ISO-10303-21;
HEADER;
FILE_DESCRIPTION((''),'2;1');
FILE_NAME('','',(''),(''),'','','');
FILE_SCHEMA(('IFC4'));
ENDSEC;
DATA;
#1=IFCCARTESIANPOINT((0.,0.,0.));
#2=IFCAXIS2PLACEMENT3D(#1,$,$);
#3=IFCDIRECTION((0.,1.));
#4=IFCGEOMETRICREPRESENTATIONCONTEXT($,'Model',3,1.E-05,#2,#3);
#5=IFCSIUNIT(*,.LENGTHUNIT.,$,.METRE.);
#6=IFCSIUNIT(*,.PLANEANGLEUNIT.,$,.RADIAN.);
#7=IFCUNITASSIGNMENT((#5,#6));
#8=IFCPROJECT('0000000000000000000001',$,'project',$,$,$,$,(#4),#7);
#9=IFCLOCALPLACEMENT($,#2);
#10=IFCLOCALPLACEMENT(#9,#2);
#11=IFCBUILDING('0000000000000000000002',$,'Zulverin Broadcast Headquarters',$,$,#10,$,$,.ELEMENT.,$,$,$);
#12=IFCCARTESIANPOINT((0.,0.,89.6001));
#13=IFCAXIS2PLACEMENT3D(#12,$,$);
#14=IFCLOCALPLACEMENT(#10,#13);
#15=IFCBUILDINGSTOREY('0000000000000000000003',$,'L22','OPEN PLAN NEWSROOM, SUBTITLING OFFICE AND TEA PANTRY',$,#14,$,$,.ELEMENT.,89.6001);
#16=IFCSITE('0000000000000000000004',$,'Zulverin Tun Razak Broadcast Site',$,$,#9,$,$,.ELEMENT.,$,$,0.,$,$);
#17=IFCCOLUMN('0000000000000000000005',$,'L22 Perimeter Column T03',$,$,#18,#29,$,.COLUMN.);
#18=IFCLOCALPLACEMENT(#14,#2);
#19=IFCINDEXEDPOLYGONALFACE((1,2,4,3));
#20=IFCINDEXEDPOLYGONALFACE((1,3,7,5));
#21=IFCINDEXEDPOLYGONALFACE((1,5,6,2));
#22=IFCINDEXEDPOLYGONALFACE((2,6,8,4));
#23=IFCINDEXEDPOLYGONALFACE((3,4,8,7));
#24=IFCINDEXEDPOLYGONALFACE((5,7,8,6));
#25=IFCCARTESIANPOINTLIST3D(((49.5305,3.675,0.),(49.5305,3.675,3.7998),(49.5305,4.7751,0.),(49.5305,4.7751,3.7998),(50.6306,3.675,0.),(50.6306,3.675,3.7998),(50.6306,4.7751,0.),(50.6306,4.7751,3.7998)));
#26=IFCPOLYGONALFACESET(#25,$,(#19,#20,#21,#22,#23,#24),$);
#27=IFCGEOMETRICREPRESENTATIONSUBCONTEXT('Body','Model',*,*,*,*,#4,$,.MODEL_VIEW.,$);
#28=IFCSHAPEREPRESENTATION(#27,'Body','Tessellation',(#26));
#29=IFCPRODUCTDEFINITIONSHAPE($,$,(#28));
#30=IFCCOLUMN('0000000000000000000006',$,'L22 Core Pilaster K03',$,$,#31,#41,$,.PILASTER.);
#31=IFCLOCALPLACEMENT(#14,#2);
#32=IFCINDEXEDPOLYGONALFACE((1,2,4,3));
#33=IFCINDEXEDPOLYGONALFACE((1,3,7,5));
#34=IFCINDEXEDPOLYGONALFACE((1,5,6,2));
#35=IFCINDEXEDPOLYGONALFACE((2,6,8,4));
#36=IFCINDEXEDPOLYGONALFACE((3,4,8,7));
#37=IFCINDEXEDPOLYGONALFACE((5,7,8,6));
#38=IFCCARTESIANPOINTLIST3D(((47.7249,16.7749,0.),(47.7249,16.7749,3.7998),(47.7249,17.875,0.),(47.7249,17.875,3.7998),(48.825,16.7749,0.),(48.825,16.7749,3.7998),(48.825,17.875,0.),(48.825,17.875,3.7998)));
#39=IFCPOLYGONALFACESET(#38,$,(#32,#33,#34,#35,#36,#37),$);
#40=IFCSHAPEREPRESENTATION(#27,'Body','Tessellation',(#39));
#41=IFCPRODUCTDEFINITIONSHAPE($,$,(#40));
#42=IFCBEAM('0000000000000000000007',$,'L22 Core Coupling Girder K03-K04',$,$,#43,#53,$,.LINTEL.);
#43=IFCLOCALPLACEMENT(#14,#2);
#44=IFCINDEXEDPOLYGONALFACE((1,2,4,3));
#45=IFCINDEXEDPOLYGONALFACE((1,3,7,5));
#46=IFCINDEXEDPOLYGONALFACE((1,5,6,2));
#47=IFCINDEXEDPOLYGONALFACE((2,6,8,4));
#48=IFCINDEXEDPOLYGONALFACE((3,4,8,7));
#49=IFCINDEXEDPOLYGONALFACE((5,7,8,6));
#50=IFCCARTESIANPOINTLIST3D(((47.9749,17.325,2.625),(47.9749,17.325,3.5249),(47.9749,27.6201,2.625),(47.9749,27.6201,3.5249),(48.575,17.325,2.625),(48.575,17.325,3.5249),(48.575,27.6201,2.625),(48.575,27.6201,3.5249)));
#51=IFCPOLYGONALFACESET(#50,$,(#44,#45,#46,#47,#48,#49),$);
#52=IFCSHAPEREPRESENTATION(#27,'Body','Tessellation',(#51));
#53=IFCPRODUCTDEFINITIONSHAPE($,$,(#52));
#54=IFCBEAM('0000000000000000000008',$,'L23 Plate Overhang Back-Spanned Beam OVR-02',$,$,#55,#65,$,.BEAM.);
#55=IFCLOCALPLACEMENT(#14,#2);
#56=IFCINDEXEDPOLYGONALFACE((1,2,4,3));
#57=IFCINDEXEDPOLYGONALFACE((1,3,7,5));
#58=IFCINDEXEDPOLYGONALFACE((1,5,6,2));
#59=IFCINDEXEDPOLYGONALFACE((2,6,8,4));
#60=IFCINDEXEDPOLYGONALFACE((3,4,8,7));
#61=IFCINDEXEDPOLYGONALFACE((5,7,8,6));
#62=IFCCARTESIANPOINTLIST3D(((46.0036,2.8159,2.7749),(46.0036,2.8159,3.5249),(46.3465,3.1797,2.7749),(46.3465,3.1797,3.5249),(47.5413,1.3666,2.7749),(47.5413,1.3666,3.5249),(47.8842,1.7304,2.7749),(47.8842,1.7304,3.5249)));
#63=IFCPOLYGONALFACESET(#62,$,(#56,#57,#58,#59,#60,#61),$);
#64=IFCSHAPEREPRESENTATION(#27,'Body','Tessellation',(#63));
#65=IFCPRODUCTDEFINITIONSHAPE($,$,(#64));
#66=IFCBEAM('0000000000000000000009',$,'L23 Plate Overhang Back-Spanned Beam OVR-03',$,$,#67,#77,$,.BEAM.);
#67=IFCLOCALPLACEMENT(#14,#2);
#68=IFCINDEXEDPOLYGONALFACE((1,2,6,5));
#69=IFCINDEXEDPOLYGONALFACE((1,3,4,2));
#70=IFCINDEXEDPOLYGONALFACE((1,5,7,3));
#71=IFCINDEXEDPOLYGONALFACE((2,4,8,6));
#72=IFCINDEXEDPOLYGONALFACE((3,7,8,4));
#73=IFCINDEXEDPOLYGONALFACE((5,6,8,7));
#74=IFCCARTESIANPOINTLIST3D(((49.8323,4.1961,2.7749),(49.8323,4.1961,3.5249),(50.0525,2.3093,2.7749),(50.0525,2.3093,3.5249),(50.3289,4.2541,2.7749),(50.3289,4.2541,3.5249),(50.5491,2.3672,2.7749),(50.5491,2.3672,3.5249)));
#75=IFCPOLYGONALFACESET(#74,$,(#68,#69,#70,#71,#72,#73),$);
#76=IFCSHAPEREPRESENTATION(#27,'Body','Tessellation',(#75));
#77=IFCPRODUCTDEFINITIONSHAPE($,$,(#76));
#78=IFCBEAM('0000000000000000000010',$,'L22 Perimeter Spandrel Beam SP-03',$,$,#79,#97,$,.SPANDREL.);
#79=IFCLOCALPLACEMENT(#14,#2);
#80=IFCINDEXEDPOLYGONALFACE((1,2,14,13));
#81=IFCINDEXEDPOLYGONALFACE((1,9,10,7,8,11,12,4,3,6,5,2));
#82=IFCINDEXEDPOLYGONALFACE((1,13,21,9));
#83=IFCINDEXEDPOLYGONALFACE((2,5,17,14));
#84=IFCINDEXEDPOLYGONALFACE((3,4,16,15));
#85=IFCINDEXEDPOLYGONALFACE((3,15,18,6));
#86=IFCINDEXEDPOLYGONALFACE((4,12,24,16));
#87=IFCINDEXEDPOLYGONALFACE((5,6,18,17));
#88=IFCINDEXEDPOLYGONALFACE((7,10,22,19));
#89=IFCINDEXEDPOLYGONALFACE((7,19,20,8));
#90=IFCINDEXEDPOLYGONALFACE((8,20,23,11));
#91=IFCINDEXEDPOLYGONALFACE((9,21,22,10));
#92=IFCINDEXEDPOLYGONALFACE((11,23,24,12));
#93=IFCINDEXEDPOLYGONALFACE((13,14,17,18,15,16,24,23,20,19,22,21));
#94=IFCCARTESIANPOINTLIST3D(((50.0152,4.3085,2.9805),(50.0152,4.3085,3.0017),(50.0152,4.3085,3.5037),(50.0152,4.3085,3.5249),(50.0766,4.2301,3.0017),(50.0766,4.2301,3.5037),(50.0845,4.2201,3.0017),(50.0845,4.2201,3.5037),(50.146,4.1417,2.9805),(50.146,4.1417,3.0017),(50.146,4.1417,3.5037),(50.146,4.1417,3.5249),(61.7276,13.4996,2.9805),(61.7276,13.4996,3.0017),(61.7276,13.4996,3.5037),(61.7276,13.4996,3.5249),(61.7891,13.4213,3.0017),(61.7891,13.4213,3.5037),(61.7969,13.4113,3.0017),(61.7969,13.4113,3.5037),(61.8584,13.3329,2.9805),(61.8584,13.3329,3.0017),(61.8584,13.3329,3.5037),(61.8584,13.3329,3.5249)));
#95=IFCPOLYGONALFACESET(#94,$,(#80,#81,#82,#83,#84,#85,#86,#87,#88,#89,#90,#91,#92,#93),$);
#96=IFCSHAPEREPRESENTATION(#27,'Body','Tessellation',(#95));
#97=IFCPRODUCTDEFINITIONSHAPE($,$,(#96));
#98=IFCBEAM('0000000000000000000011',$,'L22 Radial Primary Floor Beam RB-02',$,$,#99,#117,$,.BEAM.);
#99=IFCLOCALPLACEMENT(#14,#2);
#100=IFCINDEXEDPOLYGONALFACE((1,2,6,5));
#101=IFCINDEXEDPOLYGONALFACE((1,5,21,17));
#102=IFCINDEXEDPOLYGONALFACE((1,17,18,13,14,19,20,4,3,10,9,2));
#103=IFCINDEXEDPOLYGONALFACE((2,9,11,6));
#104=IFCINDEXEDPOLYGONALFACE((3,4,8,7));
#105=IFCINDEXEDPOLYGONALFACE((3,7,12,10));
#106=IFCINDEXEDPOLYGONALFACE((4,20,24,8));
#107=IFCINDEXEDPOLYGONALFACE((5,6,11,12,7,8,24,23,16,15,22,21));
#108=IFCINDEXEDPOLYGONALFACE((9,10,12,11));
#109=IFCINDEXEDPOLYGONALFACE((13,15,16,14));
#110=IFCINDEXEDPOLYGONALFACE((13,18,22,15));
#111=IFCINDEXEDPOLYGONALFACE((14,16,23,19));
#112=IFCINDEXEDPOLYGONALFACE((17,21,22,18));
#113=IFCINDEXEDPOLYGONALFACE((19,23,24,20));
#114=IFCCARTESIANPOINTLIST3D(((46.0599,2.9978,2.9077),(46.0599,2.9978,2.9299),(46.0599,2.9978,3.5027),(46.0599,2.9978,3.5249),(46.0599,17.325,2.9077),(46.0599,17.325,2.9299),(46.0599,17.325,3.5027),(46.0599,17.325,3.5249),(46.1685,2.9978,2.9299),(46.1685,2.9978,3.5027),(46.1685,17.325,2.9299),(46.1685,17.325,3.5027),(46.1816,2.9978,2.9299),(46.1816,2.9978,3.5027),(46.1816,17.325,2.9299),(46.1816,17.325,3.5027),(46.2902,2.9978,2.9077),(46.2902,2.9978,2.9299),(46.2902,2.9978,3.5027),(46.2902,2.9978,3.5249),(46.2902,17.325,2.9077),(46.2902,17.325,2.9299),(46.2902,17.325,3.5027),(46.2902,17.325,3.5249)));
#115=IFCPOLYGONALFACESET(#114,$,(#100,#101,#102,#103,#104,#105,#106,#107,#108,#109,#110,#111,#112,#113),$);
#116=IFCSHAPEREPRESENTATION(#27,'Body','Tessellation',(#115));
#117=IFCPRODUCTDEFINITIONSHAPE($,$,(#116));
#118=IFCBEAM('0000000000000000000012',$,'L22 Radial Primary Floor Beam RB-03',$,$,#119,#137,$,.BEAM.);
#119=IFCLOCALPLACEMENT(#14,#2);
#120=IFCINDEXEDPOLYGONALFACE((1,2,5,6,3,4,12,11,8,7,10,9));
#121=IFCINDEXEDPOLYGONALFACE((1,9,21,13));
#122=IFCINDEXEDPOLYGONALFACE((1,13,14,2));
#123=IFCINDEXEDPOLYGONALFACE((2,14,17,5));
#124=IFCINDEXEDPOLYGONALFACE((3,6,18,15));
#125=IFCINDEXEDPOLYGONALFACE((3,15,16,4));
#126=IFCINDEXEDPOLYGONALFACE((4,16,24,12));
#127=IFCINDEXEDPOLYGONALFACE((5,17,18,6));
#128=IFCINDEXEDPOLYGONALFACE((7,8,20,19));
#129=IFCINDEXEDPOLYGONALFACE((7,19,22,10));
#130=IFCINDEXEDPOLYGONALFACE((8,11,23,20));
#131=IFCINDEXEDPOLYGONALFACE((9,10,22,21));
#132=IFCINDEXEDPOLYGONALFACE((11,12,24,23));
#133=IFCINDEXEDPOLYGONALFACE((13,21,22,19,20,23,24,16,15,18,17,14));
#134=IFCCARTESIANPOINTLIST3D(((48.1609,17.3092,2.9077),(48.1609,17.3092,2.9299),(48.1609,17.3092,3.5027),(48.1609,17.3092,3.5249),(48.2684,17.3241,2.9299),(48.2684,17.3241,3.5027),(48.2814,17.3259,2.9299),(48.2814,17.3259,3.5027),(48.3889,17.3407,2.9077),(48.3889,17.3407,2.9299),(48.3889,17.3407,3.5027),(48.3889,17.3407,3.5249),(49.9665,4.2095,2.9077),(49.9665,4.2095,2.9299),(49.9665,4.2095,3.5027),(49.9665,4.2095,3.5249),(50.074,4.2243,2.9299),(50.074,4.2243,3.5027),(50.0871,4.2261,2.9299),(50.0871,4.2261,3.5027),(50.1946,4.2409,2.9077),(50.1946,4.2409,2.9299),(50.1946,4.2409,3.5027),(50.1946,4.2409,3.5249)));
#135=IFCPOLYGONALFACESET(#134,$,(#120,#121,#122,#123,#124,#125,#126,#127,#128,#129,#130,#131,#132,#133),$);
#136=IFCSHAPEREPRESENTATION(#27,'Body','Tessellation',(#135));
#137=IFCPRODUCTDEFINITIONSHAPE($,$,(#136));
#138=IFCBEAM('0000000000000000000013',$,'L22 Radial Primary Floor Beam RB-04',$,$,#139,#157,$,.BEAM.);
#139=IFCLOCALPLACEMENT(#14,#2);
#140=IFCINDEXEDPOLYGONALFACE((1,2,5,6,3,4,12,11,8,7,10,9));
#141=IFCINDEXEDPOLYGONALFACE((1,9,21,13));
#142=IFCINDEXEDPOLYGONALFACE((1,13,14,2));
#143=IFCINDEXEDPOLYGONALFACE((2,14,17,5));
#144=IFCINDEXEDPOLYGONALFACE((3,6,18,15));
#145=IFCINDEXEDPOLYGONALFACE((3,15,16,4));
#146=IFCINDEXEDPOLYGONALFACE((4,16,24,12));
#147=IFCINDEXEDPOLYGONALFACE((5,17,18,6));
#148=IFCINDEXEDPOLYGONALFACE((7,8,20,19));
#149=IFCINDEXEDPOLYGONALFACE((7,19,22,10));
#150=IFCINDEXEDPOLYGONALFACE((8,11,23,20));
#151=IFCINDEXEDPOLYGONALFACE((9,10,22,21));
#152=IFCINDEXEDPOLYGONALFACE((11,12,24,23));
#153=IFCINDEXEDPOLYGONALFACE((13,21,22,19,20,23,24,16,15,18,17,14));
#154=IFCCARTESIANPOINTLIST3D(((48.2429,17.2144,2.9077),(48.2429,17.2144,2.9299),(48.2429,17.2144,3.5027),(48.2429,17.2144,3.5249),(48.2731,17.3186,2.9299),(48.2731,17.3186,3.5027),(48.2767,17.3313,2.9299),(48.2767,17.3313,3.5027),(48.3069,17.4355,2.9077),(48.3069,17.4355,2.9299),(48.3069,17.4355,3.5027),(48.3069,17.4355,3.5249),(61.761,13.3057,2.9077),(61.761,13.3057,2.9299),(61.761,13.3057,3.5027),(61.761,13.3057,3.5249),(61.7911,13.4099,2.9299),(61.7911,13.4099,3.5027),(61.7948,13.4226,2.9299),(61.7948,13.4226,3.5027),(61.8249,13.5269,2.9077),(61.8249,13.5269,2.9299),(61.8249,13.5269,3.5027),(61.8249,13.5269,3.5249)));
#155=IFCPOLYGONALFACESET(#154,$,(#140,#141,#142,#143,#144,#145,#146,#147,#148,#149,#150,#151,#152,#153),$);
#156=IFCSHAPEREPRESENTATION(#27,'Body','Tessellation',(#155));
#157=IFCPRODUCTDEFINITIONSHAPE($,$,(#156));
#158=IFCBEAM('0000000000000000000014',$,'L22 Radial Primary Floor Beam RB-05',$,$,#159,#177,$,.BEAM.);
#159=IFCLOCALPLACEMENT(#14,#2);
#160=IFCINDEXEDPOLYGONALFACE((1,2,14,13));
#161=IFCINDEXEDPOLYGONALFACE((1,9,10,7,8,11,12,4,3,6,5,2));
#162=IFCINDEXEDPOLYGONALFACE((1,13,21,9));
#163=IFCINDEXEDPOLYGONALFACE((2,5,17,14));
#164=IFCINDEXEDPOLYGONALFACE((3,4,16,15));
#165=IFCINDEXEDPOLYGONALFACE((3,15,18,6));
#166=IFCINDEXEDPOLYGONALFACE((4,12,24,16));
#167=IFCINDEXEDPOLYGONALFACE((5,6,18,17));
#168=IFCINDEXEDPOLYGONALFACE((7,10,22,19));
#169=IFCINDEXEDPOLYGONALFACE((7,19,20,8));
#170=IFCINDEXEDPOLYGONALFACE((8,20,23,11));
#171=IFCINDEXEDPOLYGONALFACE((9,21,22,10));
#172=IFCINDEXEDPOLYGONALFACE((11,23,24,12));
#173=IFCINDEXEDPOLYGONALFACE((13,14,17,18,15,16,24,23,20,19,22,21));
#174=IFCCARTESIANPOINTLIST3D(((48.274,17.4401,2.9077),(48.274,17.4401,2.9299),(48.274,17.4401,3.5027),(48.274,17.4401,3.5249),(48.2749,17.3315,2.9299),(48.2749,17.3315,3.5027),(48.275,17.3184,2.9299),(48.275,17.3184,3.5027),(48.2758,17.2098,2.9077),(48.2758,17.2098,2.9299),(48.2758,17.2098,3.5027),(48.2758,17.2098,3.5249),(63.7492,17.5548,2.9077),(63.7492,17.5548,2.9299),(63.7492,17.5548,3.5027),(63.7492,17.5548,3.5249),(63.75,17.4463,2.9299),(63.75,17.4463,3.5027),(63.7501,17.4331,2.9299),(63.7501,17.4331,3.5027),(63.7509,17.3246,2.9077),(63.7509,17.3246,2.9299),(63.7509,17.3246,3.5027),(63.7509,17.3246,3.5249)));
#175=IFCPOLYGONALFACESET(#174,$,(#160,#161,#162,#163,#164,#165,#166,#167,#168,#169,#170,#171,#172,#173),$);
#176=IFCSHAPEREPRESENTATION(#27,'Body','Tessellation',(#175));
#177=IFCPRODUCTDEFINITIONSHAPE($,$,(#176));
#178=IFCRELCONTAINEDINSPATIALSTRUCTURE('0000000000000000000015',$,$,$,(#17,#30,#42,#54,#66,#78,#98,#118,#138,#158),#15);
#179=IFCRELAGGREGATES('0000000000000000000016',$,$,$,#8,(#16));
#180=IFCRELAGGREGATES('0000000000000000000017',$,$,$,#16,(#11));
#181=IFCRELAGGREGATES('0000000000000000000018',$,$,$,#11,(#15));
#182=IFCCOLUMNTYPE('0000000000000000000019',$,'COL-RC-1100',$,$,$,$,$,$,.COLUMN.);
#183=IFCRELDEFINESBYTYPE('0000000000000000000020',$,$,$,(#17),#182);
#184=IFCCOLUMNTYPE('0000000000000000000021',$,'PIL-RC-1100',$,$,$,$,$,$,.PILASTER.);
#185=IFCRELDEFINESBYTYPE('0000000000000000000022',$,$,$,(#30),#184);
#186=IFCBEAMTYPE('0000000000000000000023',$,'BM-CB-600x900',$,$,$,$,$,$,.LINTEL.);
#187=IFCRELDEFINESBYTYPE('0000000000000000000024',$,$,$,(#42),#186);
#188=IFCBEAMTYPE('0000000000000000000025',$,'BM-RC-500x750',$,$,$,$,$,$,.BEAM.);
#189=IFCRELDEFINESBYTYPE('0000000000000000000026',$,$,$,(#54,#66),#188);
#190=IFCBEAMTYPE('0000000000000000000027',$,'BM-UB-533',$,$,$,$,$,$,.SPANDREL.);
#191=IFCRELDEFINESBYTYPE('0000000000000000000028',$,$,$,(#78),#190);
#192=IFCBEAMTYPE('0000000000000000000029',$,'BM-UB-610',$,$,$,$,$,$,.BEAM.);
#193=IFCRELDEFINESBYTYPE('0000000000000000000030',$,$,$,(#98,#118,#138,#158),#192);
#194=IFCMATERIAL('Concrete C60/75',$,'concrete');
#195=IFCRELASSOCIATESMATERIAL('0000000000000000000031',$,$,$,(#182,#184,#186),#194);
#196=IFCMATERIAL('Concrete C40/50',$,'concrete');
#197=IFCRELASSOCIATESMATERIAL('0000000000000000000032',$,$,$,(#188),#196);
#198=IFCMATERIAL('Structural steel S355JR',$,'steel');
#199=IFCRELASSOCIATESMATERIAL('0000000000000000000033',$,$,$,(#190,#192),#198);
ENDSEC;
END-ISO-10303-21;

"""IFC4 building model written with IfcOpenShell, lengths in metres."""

from ifc_helpers import new_model, si_unit, direction, frame, origin, origin_2d, place, context, subcontext, project, spatial, rectangle, i_section, extrude, material, material_profile, profile_set, type_object, element, save


model = new_model("IFC4")

# Units and contexts
model_context = context("Model", 3, precision=1e-05, world=origin(), true_north=direction((0.0, 1.0)))
body_context = subcontext(model_context, "Body", "Model", "MODEL_VIEW")
ifc_project = project(units=[si_unit("LENGTHUNIT", "METRE"), si_unit("PLANEANGLEUNIT", "RADIAN")], contexts=[model_context])

# Site, building, storey
site_placement = place(None, origin())
site = spatial("IfcSite", under=ifc_project, at=site_placement, Name="Zulverin Tun Razak Broadcast Site", CompositionType="ELEMENT", RefElevation=0.0)
building_placement = place(site_placement, origin())
building = spatial("IfcBuilding", under=site, at=building_placement, Name="Zulverin Broadcast Headquarters", CompositionType="ELEMENT")
storey_placement = place(building_placement, frame((0.0, 0.0, 89.6001)))
storey = spatial("IfcBuildingStorey", under=building, at=storey_placement, Name="L22", Description="OPEN PLAN NEWSROOM, SUBTITLING OFFICE AND TEA PANTRY", CompositionType="ELEMENT", Elevation=89.6001)

# Columns
ifc_material_1 = material(Name="Concrete C60/75", Category="concrete")
ifc_material_profile_1 = material_profile(ifc_material_1, rectangle(XDim=1.1001, YDim=1.1001, at=origin_2d()), Name="Concrete C60/75", Category="concrete")
ifc_profile_set_1 = profile_set([ifc_material_profile_1], Name="Concrete C60/75")
column_type_1 = type_object("IfcColumnType", Name="COL-RC-1100", PredefinedType="COLUMN", material=ifc_profile_set_1)
column_1_placement = place(storey_placement, frame((50.0806, 4.2251, 0.0), z_axis=(0.0, 0.0, 1.0), x_axis=(1.0, 0.0, 0.0)))
element("IfcColumn", 1, at=column_1_placement, inside=storey, type_object=column_type_1, Name="L22 Perimeter Column T03", PredefinedType="COLUMN", context=body_context, shape_type="SweptSolid", body=[
    extrude(rectangle(XDim=1.1001, YDim=1.1001, at=origin_2d()), origin(), (0.0, 0.0, 1.0), 3.7998),
])
ifc_material_profile_2 = material_profile(ifc_material_1, rectangle(XDim=1.1001, YDim=1.1001, at=origin_2d()), Name="Concrete C60/75", Category="concrete")
ifc_profile_set_2 = profile_set([ifc_material_profile_2], Name="Concrete C60/75")
column_type_2 = type_object("IfcColumnType", Name="PIL-RC-1100", PredefinedType="PILASTER", material=ifc_profile_set_2)
column_2_placement = place(storey_placement, frame((48.2749, 17.325, 0.0), z_axis=(0.0, 0.0, 1.0), x_axis=(1.0, 0.0, 0.0)))
element("IfcColumn", 2, at=column_2_placement, inside=storey, type_object=column_type_2, Name="L22 Core Pilaster K03", PredefinedType="PILASTER", context=body_context, shape_type="SweptSolid", body=[
    extrude(rectangle(XDim=1.1001, YDim=1.1001, at=origin_2d()), origin(), (0.0, 0.0, 1.0), 3.7998),
])

# Beams
ifc_material_profile_3 = material_profile(ifc_material_1, rectangle(XDim=0.6001, YDim=0.8999, at=origin_2d()), Name="Concrete C60/75", Category="concrete")
ifc_profile_set_3 = profile_set([ifc_material_profile_3], Name="Concrete C60/75")
beam_type_1 = type_object("IfcBeamType", Name="BM-CB-600x900", PredefinedType="LINTEL", material=ifc_profile_set_3)
beam_1_placement = place(storey_placement, frame((48.2749, 17.325, 3.075), z_axis=(0.0, 1.0, 0.0), x_axis=(-1.0, 0.0, 0.0)))
element("IfcBeam", 3, at=beam_1_placement, inside=storey, type_object=beam_type_1, Name="L22 Core Coupling Girder K03-K04", PredefinedType="LINTEL", context=body_context, shape_type="SweptSolid", body=[
    extrude(rectangle(XDim=0.6001, YDim=0.8999, at=origin_2d()), origin(), (0.0, 0.0, 1.0), 10.2952),
])
ifc_material_2 = material(Name="Concrete C40/50", Category="concrete")
ifc_material_profile_4 = material_profile(ifc_material_2, rectangle(XDim=0.5, YDim=0.75, at=origin_2d()), Name="Concrete C40/50", Category="concrete")
ifc_profile_set_4 = profile_set([ifc_material_profile_4], Name="Concrete C40/50")
beam_type_2 = type_object("IfcBeamType", Name="BM-RC-500x750", PredefinedType="BEAM", material=ifc_profile_set_4)
beam_2_placement = place(storey_placement, frame((46.175, 2.9978, 3.1499), z_axis=(0.727711, -0.685884, 0.0), x_axis=(0.685884, 0.727711, 0.0)))
element("IfcBeam", 4, at=beam_2_placement, inside=storey, type_object=beam_type_2, Name="L23 Plate Overhang Back-Spanned Beam OVR-02", PredefinedType="BEAM", context=body_context, shape_type="SweptSolid", body=[
    extrude(rectangle(XDim=0.5, YDim=0.75, at=origin_2d()), origin(), (0.0, 0.0, 1.0), 2.113),
])
beam_3_placement = place(storey_placement, frame((50.0806, 4.2251, 3.1499), z_axis=(0.115917, -0.993259, 0.0), x_axis=(0.993259, 0.115917, 0.0)))
element("IfcBeam", 5, at=beam_3_placement, inside=storey, type_object=beam_type_2, Name="L23 Plate Overhang Back-Spanned Beam OVR-03", PredefinedType="BEAM", context=body_context, shape_type="SweptSolid", body=[
    extrude(rectangle(XDim=0.5, YDim=0.75, at=origin_2d()), origin(), (0.0, 0.0, 1.0), 1.8997),
])
ifc_material_3 = material(Name="Structural steel S355JR", Category="steel")
ifc_material_profile_5 = material_profile(ifc_material_3, i_section(OverallWidth=0.2119, OverallDepth=0.5444, WebThickness=0.0127, FlangeThickness=0.0212, at=origin_2d()), Name="Structural steel S355JR", Category="steel")
ifc_profile_set_5 = profile_set([ifc_material_profile_5], Name="Structural steel S355JR")
beam_type_3 = type_object("IfcBeamType", Name="BM-UB-533", PredefinedType="SPANDREL", material=ifc_profile_set_5)
beam_4_placement = place(storey_placement, frame((50.0806, 4.2251, 3.2527), z_axis=(0.786691, 0.617346, 0.0), x_axis=(-0.617346, 0.786691, 0.0)))
element("IfcBeam", 6, at=beam_4_placement, inside=storey, type_object=beam_type_3, Name="L22 Perimeter Spandrel Beam SP-03", PredefinedType="SPANDREL", context=body_context, shape_type="SweptSolid", body=[
    extrude(i_section(OverallWidth=0.2119, OverallDepth=0.5444, WebThickness=0.0127, FlangeThickness=0.0212, at=origin_2d()), origin(), (0.0, 0.0, 1.0), 14.8882),
])
ifc_material_profile_6 = material_profile(ifc_material_3, i_section(OverallWidth=0.2302, OverallDepth=0.6172, WebThickness=0.0132, FlangeThickness=0.0222, at=origin_2d()), Name="Structural steel S355JR", Category="steel")
ifc_profile_set_6 = profile_set([ifc_material_profile_6], Name="Structural steel S355JR")
beam_type_4 = type_object("IfcBeamType", Name="BM-UB-610", PredefinedType="BEAM", material=ifc_profile_set_6)
beam_5_placement = place(storey_placement, frame((46.175, 17.325, 3.2163), z_axis=(0.0, -1.0, 0.0), x_axis=(1.0, 0.0, 0.0)))
element("IfcBeam", 7, at=beam_5_placement, inside=storey, type_object=beam_type_4, Name="L22 Radial Primary Floor Beam RB-02", PredefinedType="BEAM", context=body_context, shape_type="SweptSolid", body=[
    extrude(i_section(OverallWidth=0.2302, OverallDepth=0.6172, WebThickness=0.0132, FlangeThickness=0.0222, at=origin_2d()), origin(), (0.0, 0.0, 1.0), 14.3271),
])
beam_6_placement = place(storey_placement, frame((48.2749, 17.325, 3.2163), z_axis=(0.136547, -0.990634, 0.0), x_axis=(0.990634, 0.136547, 0.0)))
element("IfcBeam", 8, at=beam_6_placement, inside=storey, type_object=beam_type_4, Name="L22 Radial Primary Floor Beam RB-03", PredefinedType="BEAM", context=body_context, shape_type="SweptSolid", body=[
    extrude(i_section(OverallWidth=0.2302, OverallDepth=0.6172, WebThickness=0.0132, FlangeThickness=0.0222, at=origin_2d()), origin(), (0.0, 0.0, 1.0), 13.2236),
])
beam_7_placement = place(storey_placement, frame((48.2749, 17.325, 3.2163), z_axis=(0.960648, -0.277767, 0.0), x_axis=(0.277767, 0.960648, 0.0)))
element("IfcBeam", 9, at=beam_7_placement, inside=storey, type_object=beam_type_4, Name="L22 Radial Primary Floor Beam RB-04", PredefinedType="BEAM", context=body_context, shape_type="SweptSolid", body=[
    extrude(i_section(OverallWidth=0.2302, OverallDepth=0.6172, WebThickness=0.0132, FlangeThickness=0.0222, at=origin_2d()), origin(), (0.0, 0.0, 1.0), 14.0718),
])
beam_8_placement = place(storey_placement, frame((48.2749, 17.325, 3.2163), z_axis=(0.999973, 0.007415, 0.0), x_axis=(-0.007415, 0.999973, 0.0)))
element("IfcBeam", 10, at=beam_8_placement, inside=storey, type_object=beam_type_4, Name="L22 Radial Primary Floor Beam RB-05", PredefinedType="BEAM", context=body_context, shape_type="SweptSolid", body=[
    extrude(i_section(OverallWidth=0.2302, OverallDepth=0.6172, WebThickness=0.0132, FlangeThickness=0.0222, at=origin_2d()), origin(), (0.0, 0.0, 1.0), 15.4756),
])

save(model, "model.ifc")
